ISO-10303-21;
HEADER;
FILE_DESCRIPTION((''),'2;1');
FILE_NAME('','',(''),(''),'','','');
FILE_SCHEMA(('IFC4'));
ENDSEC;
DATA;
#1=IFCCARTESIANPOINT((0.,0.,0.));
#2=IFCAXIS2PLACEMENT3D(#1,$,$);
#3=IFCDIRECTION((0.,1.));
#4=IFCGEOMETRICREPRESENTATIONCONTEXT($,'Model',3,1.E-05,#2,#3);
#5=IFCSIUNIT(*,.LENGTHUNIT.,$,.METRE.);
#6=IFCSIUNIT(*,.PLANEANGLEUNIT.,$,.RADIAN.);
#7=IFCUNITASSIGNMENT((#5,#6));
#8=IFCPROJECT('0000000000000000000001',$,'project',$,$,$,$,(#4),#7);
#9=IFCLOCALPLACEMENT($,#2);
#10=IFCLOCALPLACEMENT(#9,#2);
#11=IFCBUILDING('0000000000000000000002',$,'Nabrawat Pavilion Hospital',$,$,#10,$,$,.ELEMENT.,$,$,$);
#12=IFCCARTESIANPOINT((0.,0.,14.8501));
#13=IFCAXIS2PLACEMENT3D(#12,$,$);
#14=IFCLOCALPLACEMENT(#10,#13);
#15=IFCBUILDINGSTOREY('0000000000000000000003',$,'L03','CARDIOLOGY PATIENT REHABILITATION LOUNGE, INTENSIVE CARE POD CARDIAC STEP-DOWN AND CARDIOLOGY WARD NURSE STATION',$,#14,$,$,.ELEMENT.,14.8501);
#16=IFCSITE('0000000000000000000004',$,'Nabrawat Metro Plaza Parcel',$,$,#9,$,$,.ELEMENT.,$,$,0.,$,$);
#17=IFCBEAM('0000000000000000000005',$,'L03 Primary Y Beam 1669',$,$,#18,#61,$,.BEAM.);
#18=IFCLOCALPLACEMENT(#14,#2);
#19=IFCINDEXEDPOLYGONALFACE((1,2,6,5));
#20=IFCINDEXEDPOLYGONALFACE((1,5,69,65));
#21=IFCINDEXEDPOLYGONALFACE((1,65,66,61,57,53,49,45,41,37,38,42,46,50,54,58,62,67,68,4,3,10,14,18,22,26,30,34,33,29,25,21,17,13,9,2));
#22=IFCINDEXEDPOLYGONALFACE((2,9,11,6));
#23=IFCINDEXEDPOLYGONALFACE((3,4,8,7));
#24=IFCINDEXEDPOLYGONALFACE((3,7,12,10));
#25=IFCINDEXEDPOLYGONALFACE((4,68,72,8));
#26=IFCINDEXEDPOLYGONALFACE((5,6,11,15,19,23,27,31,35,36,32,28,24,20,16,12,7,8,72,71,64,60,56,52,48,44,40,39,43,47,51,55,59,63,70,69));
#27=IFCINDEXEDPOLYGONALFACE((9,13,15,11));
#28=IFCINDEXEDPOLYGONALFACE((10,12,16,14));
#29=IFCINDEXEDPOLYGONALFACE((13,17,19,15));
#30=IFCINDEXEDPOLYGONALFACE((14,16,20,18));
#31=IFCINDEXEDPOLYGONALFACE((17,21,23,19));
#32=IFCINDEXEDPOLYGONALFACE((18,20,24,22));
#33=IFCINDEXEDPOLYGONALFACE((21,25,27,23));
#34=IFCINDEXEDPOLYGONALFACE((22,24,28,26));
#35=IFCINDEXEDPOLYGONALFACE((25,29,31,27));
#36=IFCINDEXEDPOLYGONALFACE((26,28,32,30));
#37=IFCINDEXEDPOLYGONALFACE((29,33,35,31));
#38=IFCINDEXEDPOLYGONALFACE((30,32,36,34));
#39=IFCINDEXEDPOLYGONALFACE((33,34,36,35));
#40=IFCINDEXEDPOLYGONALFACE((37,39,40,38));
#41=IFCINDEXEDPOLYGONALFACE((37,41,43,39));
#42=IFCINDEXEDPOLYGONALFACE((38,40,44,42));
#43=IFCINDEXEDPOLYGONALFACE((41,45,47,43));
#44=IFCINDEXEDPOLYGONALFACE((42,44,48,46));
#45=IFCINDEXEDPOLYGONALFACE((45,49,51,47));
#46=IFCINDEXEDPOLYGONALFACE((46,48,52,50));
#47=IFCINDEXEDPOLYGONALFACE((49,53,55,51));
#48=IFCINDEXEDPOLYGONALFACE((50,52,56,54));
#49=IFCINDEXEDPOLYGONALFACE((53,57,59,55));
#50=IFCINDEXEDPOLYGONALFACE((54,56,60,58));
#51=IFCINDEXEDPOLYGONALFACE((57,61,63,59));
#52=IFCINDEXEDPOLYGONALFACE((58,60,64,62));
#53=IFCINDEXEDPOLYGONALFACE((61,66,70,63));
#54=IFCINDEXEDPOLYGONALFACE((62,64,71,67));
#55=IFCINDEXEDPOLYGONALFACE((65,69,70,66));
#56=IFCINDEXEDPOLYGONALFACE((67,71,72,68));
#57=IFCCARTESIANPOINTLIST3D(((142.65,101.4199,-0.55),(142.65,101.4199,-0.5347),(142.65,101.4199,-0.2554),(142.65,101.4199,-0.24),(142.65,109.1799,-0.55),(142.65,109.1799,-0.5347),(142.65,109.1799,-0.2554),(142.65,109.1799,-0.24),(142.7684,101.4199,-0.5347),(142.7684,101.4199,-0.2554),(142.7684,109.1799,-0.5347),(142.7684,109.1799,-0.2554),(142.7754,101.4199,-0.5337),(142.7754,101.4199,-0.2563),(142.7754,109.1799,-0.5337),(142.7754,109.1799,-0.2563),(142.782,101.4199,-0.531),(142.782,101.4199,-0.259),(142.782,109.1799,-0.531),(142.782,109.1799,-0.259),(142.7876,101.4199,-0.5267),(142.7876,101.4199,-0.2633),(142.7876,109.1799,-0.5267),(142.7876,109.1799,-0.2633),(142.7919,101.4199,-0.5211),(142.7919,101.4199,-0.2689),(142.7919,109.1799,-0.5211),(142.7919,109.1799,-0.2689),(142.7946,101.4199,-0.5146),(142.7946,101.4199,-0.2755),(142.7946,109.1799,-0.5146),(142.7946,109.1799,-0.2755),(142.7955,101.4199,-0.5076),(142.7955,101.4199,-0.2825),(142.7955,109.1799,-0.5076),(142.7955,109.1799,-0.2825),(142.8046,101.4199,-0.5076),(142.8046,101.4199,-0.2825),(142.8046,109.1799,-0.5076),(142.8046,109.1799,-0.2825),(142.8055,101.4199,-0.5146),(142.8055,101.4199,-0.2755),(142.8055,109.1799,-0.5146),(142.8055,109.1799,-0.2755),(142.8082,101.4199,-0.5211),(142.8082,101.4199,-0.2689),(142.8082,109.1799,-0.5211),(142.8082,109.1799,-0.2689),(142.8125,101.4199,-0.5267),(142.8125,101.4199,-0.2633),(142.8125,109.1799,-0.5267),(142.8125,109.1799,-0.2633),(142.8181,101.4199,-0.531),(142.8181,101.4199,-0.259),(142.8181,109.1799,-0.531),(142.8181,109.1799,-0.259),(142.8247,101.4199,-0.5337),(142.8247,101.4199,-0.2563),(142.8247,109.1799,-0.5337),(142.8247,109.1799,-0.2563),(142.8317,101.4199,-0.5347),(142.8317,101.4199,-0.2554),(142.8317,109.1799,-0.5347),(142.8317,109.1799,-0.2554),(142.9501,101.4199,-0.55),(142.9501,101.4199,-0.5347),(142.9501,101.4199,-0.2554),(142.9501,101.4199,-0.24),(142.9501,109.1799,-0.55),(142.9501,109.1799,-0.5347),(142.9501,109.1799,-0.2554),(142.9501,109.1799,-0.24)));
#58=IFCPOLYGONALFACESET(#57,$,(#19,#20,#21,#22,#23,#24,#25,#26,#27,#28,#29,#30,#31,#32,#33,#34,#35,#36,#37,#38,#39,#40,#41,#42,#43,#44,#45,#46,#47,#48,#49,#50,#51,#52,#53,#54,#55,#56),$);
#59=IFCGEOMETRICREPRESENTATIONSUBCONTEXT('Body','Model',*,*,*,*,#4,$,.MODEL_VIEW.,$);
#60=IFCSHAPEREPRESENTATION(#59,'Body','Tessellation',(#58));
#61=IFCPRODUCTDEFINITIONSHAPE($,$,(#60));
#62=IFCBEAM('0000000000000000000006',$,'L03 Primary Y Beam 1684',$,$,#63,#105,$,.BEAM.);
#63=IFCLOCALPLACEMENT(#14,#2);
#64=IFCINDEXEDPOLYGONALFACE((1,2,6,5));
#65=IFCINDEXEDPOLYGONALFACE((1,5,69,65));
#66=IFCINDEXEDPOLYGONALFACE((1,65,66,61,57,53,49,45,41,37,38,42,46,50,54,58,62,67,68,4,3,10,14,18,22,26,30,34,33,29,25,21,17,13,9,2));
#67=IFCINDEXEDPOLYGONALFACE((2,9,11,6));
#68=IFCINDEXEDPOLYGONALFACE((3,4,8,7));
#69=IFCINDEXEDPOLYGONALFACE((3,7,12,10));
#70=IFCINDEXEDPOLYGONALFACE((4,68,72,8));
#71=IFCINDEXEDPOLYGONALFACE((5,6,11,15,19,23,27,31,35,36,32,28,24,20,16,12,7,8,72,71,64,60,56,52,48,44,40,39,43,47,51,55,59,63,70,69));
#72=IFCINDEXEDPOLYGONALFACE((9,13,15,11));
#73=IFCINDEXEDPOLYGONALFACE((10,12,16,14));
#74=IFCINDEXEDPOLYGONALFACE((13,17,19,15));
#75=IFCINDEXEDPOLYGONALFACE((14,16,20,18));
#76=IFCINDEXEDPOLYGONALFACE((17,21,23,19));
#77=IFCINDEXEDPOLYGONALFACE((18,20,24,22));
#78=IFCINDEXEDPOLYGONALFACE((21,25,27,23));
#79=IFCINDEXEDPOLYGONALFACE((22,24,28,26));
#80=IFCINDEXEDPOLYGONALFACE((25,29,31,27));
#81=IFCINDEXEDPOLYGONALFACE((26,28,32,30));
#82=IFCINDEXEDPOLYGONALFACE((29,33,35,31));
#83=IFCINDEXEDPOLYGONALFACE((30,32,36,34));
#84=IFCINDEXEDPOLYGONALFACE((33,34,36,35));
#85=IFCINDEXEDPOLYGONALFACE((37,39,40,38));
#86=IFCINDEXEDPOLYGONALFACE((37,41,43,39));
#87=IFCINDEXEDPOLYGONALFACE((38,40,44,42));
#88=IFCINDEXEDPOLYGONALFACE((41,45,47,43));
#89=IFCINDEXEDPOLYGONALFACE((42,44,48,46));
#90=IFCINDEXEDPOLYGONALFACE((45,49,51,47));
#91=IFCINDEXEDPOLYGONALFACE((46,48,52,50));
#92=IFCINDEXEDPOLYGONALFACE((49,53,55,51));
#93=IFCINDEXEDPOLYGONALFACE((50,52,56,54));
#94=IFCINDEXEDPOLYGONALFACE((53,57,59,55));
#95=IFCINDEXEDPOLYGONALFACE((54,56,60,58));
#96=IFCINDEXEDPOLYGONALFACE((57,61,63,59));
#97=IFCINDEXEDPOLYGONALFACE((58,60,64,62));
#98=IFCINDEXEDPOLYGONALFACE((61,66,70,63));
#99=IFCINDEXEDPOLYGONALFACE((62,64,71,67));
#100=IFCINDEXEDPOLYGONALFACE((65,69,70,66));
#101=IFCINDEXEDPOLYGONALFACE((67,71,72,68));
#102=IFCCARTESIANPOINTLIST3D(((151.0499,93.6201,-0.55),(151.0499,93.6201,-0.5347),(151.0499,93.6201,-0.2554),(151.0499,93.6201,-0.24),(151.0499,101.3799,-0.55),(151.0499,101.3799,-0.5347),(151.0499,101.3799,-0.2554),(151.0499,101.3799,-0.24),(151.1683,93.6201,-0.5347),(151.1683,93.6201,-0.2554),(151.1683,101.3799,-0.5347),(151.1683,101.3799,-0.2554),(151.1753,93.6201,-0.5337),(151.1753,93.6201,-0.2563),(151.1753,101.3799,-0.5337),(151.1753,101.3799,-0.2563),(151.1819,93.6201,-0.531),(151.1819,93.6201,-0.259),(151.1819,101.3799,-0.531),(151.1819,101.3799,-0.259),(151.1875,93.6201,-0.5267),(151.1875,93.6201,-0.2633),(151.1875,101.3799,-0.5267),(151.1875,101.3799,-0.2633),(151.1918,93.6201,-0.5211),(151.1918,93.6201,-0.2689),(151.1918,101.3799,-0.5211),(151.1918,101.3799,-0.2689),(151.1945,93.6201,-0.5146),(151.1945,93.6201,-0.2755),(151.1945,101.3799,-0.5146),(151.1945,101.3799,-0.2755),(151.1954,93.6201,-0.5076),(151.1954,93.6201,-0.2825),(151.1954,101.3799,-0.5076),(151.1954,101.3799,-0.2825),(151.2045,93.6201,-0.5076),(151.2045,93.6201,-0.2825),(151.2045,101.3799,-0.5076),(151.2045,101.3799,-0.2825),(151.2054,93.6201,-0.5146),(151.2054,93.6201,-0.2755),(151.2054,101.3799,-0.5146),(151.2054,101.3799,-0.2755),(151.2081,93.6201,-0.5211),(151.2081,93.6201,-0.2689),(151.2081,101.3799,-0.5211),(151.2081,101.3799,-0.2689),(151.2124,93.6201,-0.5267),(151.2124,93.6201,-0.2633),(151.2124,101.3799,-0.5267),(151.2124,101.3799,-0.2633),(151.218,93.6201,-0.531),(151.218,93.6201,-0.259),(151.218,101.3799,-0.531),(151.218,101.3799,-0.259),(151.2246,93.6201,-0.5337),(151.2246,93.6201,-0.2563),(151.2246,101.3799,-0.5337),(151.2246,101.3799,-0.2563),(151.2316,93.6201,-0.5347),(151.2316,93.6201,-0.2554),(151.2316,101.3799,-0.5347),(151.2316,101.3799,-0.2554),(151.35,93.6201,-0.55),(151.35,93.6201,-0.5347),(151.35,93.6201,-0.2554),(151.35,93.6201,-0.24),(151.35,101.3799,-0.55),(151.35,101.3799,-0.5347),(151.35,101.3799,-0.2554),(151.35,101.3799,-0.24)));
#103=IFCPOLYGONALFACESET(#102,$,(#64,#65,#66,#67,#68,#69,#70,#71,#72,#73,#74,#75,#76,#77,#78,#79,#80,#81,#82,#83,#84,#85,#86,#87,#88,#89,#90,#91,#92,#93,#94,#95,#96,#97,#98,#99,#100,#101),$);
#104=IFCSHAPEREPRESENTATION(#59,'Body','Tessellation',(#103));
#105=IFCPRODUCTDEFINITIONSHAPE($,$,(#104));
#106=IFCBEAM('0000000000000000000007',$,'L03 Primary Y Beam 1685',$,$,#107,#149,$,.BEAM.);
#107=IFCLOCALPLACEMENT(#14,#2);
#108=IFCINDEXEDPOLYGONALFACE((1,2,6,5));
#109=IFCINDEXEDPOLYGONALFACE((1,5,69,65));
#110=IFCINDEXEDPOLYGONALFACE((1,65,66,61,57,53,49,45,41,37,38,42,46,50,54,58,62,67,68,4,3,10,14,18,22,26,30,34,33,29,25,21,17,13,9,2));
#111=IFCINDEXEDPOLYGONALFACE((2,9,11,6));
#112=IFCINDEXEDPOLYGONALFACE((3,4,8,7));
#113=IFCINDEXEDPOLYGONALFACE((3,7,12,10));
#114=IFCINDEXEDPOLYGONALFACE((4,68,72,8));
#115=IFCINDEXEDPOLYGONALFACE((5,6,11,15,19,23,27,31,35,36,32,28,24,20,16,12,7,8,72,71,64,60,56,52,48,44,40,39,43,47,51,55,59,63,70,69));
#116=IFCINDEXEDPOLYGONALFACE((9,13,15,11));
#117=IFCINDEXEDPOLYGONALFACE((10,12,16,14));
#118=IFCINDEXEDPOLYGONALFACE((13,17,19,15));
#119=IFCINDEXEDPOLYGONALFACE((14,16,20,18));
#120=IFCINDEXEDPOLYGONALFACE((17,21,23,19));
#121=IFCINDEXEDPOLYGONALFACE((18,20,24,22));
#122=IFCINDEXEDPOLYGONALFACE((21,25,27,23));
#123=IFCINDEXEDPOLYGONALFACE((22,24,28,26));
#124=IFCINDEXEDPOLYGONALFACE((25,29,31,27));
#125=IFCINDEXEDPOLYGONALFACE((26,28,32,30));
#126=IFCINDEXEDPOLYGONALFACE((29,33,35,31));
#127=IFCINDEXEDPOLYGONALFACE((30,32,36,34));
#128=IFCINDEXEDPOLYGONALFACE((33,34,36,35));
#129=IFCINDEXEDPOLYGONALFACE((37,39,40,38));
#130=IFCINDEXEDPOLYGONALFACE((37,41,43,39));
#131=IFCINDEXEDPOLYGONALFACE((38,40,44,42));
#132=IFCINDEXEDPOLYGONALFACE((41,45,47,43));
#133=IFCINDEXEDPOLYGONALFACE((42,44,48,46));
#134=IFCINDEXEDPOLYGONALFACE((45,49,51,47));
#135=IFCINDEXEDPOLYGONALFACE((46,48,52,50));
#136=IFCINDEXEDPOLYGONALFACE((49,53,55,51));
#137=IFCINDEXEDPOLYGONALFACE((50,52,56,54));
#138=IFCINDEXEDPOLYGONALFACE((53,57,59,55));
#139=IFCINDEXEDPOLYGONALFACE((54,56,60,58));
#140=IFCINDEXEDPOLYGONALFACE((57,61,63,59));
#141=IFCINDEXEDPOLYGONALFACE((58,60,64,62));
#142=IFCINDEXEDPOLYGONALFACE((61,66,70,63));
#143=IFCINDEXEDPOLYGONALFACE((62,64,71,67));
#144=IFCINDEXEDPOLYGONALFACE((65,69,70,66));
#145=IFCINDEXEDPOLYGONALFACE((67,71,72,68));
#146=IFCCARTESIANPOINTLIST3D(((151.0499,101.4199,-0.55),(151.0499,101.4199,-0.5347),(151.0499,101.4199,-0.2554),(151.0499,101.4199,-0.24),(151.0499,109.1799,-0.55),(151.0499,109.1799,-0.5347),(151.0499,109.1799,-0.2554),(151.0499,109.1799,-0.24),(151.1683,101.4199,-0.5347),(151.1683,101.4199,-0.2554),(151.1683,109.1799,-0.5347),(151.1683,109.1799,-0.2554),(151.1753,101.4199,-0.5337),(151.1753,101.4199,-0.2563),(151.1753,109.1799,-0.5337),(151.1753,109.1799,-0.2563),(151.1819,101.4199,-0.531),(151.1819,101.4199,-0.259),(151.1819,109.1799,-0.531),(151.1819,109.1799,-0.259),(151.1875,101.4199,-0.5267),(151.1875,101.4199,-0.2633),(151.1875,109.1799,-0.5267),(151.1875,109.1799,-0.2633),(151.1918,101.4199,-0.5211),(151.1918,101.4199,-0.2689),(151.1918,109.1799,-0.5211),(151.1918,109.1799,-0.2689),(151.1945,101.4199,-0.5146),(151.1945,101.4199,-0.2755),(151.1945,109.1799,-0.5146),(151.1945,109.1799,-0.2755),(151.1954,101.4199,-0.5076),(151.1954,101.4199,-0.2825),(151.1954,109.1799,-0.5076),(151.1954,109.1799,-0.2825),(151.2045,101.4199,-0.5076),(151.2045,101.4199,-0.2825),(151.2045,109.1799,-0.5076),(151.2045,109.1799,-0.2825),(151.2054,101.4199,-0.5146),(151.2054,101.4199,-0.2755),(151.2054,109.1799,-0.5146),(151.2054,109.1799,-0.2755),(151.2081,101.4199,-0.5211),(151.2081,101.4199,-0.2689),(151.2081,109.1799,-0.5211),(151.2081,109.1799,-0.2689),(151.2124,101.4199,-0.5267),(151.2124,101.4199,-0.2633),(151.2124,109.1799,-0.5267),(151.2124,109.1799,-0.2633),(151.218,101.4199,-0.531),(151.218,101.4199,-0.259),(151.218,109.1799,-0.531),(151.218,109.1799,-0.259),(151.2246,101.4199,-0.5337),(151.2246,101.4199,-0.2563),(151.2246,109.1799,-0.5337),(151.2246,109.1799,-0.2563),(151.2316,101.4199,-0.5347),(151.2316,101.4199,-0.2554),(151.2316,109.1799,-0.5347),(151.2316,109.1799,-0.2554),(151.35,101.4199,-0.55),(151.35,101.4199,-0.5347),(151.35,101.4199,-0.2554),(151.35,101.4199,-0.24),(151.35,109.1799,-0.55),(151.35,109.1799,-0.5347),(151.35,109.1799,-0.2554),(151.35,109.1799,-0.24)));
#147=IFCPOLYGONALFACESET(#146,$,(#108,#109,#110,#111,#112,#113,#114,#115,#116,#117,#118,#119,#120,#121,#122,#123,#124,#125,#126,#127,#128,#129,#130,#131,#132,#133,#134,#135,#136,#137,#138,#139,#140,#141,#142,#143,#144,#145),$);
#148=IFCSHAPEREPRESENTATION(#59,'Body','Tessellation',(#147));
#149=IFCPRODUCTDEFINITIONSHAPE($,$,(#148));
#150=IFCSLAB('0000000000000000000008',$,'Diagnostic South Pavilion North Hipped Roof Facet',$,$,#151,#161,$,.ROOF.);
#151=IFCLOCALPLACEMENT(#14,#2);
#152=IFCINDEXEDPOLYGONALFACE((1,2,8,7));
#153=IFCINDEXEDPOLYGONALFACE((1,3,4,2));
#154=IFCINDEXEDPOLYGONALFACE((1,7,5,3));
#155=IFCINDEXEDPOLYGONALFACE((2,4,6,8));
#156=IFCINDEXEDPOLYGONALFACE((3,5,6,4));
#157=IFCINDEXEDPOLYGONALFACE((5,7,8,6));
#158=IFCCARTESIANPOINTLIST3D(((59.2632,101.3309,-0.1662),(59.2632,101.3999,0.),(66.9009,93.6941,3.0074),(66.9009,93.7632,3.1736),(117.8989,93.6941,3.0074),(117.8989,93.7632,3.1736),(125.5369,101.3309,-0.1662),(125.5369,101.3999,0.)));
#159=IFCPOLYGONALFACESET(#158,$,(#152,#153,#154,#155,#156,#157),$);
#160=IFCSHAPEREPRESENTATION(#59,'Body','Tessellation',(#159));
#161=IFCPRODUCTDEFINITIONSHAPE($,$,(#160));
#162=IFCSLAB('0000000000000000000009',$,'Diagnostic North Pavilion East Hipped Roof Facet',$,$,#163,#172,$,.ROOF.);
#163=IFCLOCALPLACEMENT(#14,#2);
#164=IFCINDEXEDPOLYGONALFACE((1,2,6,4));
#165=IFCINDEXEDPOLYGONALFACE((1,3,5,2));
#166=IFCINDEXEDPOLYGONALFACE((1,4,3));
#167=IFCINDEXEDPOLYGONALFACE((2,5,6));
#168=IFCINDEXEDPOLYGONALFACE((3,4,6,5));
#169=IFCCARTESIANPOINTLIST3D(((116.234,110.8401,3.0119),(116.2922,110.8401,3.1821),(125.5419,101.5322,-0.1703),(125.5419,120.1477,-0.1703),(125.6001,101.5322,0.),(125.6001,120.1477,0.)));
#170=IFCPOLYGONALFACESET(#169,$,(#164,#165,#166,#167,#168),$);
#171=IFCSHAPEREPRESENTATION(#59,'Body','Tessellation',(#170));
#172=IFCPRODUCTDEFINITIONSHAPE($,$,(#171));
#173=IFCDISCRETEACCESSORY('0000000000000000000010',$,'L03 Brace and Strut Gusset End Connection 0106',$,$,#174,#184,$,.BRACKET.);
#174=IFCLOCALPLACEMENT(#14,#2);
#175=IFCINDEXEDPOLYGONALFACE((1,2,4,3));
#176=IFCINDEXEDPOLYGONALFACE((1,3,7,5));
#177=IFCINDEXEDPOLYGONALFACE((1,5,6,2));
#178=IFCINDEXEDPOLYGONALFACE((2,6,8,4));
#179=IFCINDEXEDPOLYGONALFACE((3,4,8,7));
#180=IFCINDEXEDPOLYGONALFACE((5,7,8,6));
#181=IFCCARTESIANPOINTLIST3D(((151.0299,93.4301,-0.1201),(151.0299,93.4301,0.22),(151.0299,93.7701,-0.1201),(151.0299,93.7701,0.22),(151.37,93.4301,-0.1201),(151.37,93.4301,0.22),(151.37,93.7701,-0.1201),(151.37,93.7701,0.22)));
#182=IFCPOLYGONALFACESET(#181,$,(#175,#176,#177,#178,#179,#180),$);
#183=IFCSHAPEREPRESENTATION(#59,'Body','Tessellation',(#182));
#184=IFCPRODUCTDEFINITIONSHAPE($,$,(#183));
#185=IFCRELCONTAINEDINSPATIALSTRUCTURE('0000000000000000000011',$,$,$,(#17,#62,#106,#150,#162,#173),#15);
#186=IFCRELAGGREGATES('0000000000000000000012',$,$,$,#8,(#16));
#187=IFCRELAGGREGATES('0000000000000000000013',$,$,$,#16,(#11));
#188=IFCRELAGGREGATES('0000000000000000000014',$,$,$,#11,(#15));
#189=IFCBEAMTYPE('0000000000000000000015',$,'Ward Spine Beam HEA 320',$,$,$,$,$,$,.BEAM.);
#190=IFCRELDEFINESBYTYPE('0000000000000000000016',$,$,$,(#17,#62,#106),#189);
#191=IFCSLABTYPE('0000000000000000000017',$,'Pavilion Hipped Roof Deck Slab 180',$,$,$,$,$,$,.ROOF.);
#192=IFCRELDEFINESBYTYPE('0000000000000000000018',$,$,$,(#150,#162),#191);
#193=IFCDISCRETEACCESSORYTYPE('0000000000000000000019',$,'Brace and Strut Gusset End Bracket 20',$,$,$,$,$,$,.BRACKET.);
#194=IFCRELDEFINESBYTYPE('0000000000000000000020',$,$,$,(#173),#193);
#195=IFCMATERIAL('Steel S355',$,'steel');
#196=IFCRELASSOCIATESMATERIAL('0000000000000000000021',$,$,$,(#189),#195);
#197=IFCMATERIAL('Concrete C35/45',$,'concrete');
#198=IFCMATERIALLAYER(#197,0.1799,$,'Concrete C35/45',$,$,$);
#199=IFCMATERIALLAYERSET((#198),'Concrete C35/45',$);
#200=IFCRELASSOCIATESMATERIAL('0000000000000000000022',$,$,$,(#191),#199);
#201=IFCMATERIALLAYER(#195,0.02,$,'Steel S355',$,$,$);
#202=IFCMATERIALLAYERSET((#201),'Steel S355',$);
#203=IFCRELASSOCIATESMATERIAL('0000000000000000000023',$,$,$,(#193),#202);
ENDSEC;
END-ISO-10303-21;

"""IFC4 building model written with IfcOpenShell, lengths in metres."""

from ifc_helpers import new_model, si_unit, direction, frame, origin, origin_2d, place, context, subcontext, project, spatial, polyline, rectangle, i_section, outline, extrude, material, layer, layer_set, material_profile, profile_set, type_object, element, save


model = new_model("IFC4")

# Units and contexts
model_context = context("Model", 3, precision=1e-05, world=origin(), true_north=direction((0.0, 1.0)))
body_context = subcontext(model_context, "Body", "Model", "MODEL_VIEW")
ifc_project = project(units=[si_unit("LENGTHUNIT", "METRE"), si_unit("PLANEANGLEUNIT", "RADIAN")], contexts=[model_context])

# Site, building, storey
site_placement = place(None, origin())
site = spatial("IfcSite", under=ifc_project, at=site_placement, Name="Nabrawat Metro Plaza Parcel", CompositionType="ELEMENT", RefElevation=0.0)
building_placement = place(site_placement, origin())
building = spatial("IfcBuilding", under=site, at=building_placement, Name="Nabrawat Pavilion Hospital", CompositionType="ELEMENT")
storey_placement = place(building_placement, frame((0.0, 0.0, 14.8501)))
storey = spatial("IfcBuildingStorey", under=building, at=storey_placement, Name="L03", Description="CARDIOLOGY PATIENT REHABILITATION LOUNGE, INTENSIVE CARE POD CARDIAC STEP-DOWN AND CARDIOLOGY WARD NURSE STATION", CompositionType="ELEMENT", Elevation=14.8501)

# Shared definitions
ifc_material_1 = material(Name="Steel S355", Category="steel")

# Beams
ifc_material_profile_1 = material_profile(ifc_material_1, i_section(OverallWidth=0.3, OverallDepth=0.3101, WebThickness=0.009, FlangeThickness=0.0154, FilletRadius=0.0271, at=origin_2d()), Name="HEA 320")
ifc_profile_set_1 = profile_set([ifc_material_profile_1], Name="Steel S355")
beam_type_1 = type_object("IfcBeamType", Name="Ward Spine Beam HEA 320", PredefinedType="BEAM", material=ifc_profile_set_1)
beam_1_placement = place(storey_placement, frame((142.8, 101.4199, -0.395), z_axis=(0.0, 1.0, 0.0), x_axis=(-1.0, 0.0, 0.0)))
element("IfcBeam", 1, at=beam_1_placement, inside=storey, type_object=beam_type_1, Name="L03 Primary Y Beam 1669", PredefinedType="BEAM", context=body_context, shape_type="SweptSolid", body=[
    extrude(i_section(OverallWidth=0.3, OverallDepth=0.3101, WebThickness=0.009, FlangeThickness=0.0154, FilletRadius=0.0271, at=origin_2d()), origin(), (0.0, 0.0, 1.0), 7.76),
])
beam_2_placement = place(storey_placement, frame((151.2, 93.6201, -0.395), z_axis=(0.0, 1.0, 0.0), x_axis=(-1.0, 0.0, 0.0)))
element("IfcBeam", 2, at=beam_2_placement, inside=storey, type_object=beam_type_1, Name="L03 Primary Y Beam 1684", PredefinedType="BEAM", context=body_context, shape_type="SweptSolid", body=[
    extrude(i_section(OverallWidth=0.3, OverallDepth=0.3101, WebThickness=0.009, FlangeThickness=0.0154, FilletRadius=0.0271, at=origin_2d()), origin(), (0.0, 0.0, 1.0), 7.7598),
])
beam_3_placement = place(storey_placement, frame((151.2, 101.4199, -0.395), z_axis=(0.0, 1.0, 0.0), x_axis=(-1.0, 0.0, 0.0)))
element("IfcBeam", 3, at=beam_3_placement, inside=storey, type_object=beam_type_1, Name="L03 Primary Y Beam 1685", PredefinedType="BEAM", context=body_context, shape_type="SweptSolid", body=[
    extrude(i_section(OverallWidth=0.3, OverallDepth=0.3101, WebThickness=0.009, FlangeThickness=0.0154, FilletRadius=0.0271, at=origin_2d()), origin(), (0.0, 0.0, 1.0), 7.76),
])

# Slabs
ifc_material_2 = material(Name="Concrete C35/45", Category="concrete")
ifc_layer_1 = layer(ifc_material_2, 0.1799, Name="Concrete C35/45")
ifc_layer_set_1 = layer_set([ifc_layer_1], Name="Concrete C35/45")
slab_type = type_object("IfcSlabType", Name="Pavilion Hipped Roof Deck Slab 180", PredefinedType="ROOF", material=ifc_layer_set_1)
slab_1_placement = place(storey_placement, frame((125.5369, 101.3999, 0.0), z_axis=(0.0, 0.383752, 0.923436), x_axis=(-1.0, 0.0, 0.0)))
element("IfcSlab", 4, at=slab_1_placement, inside=storey, type_object=slab_type, Name="Diagnostic South Pavilion North Hipped Roof Facet", PredefinedType="ROOF", context=body_context, shape_type="SweptSolid", body=[
    extrude(outline(polyline([(0.0, 0.0), (66.2737, 0.0), (58.636, 8.2699), (7.6379, 8.2699), (0.0, 0.0)])), origin(), (0.0, 0.0, -1.0), 0.1799),
])
slab_2_placement = place(storey_placement, frame((125.6001, 101.5322, 0.0), z_axis=(0.323493, 0.0, 0.946231), x_axis=(0.0, 1.0, 0.0)))
element("IfcSlab", 5, at=slab_2_placement, inside=storey, type_object=slab_type, Name="Diagnostic North Pavilion East Hipped Roof Facet", PredefinedType="ROOF", context=body_context, shape_type="SweptSolid", body=[
    extrude(outline(polyline([(0.0, 0.0), (18.6155, 0.0), (9.3079, 9.8368), (0.0, 0.0)])), origin(), (0.0, 0.0, -1.0), 0.1799),
])

# Discrete accessory
ifc_layer_2 = layer(ifc_material_1, 0.02, Name="Steel S355")
ifc_layer_set_2 = layer_set([ifc_layer_2], Name="Steel S355")
discrete_accessory_type = type_object("IfcDiscreteAccessoryType", Name="Brace and Strut Gusset End Bracket 20", PredefinedType="BRACKET", material=ifc_layer_set_2)
discrete_accessory_placement = place(storey_placement, frame((151.2, 93.6001, -0.1201), z_axis=(0.0, 0.0, 1.0), x_axis=(1.0, 0.0, 0.0)))
element("IfcDiscreteAccessory", 6, at=discrete_accessory_placement, inside=storey, type_object=discrete_accessory_type, Name="L03 Brace and Strut Gusset End Connection 0106", PredefinedType="BRACKET", context=body_context, shape_type="SweptSolid", body=[
    extrude(rectangle(XDim=0.3401, YDim=0.3401, at=origin_2d()), origin(), (0.0, 0.0, 1.0), 0.3401),
])

save(model, "model.ifc")
